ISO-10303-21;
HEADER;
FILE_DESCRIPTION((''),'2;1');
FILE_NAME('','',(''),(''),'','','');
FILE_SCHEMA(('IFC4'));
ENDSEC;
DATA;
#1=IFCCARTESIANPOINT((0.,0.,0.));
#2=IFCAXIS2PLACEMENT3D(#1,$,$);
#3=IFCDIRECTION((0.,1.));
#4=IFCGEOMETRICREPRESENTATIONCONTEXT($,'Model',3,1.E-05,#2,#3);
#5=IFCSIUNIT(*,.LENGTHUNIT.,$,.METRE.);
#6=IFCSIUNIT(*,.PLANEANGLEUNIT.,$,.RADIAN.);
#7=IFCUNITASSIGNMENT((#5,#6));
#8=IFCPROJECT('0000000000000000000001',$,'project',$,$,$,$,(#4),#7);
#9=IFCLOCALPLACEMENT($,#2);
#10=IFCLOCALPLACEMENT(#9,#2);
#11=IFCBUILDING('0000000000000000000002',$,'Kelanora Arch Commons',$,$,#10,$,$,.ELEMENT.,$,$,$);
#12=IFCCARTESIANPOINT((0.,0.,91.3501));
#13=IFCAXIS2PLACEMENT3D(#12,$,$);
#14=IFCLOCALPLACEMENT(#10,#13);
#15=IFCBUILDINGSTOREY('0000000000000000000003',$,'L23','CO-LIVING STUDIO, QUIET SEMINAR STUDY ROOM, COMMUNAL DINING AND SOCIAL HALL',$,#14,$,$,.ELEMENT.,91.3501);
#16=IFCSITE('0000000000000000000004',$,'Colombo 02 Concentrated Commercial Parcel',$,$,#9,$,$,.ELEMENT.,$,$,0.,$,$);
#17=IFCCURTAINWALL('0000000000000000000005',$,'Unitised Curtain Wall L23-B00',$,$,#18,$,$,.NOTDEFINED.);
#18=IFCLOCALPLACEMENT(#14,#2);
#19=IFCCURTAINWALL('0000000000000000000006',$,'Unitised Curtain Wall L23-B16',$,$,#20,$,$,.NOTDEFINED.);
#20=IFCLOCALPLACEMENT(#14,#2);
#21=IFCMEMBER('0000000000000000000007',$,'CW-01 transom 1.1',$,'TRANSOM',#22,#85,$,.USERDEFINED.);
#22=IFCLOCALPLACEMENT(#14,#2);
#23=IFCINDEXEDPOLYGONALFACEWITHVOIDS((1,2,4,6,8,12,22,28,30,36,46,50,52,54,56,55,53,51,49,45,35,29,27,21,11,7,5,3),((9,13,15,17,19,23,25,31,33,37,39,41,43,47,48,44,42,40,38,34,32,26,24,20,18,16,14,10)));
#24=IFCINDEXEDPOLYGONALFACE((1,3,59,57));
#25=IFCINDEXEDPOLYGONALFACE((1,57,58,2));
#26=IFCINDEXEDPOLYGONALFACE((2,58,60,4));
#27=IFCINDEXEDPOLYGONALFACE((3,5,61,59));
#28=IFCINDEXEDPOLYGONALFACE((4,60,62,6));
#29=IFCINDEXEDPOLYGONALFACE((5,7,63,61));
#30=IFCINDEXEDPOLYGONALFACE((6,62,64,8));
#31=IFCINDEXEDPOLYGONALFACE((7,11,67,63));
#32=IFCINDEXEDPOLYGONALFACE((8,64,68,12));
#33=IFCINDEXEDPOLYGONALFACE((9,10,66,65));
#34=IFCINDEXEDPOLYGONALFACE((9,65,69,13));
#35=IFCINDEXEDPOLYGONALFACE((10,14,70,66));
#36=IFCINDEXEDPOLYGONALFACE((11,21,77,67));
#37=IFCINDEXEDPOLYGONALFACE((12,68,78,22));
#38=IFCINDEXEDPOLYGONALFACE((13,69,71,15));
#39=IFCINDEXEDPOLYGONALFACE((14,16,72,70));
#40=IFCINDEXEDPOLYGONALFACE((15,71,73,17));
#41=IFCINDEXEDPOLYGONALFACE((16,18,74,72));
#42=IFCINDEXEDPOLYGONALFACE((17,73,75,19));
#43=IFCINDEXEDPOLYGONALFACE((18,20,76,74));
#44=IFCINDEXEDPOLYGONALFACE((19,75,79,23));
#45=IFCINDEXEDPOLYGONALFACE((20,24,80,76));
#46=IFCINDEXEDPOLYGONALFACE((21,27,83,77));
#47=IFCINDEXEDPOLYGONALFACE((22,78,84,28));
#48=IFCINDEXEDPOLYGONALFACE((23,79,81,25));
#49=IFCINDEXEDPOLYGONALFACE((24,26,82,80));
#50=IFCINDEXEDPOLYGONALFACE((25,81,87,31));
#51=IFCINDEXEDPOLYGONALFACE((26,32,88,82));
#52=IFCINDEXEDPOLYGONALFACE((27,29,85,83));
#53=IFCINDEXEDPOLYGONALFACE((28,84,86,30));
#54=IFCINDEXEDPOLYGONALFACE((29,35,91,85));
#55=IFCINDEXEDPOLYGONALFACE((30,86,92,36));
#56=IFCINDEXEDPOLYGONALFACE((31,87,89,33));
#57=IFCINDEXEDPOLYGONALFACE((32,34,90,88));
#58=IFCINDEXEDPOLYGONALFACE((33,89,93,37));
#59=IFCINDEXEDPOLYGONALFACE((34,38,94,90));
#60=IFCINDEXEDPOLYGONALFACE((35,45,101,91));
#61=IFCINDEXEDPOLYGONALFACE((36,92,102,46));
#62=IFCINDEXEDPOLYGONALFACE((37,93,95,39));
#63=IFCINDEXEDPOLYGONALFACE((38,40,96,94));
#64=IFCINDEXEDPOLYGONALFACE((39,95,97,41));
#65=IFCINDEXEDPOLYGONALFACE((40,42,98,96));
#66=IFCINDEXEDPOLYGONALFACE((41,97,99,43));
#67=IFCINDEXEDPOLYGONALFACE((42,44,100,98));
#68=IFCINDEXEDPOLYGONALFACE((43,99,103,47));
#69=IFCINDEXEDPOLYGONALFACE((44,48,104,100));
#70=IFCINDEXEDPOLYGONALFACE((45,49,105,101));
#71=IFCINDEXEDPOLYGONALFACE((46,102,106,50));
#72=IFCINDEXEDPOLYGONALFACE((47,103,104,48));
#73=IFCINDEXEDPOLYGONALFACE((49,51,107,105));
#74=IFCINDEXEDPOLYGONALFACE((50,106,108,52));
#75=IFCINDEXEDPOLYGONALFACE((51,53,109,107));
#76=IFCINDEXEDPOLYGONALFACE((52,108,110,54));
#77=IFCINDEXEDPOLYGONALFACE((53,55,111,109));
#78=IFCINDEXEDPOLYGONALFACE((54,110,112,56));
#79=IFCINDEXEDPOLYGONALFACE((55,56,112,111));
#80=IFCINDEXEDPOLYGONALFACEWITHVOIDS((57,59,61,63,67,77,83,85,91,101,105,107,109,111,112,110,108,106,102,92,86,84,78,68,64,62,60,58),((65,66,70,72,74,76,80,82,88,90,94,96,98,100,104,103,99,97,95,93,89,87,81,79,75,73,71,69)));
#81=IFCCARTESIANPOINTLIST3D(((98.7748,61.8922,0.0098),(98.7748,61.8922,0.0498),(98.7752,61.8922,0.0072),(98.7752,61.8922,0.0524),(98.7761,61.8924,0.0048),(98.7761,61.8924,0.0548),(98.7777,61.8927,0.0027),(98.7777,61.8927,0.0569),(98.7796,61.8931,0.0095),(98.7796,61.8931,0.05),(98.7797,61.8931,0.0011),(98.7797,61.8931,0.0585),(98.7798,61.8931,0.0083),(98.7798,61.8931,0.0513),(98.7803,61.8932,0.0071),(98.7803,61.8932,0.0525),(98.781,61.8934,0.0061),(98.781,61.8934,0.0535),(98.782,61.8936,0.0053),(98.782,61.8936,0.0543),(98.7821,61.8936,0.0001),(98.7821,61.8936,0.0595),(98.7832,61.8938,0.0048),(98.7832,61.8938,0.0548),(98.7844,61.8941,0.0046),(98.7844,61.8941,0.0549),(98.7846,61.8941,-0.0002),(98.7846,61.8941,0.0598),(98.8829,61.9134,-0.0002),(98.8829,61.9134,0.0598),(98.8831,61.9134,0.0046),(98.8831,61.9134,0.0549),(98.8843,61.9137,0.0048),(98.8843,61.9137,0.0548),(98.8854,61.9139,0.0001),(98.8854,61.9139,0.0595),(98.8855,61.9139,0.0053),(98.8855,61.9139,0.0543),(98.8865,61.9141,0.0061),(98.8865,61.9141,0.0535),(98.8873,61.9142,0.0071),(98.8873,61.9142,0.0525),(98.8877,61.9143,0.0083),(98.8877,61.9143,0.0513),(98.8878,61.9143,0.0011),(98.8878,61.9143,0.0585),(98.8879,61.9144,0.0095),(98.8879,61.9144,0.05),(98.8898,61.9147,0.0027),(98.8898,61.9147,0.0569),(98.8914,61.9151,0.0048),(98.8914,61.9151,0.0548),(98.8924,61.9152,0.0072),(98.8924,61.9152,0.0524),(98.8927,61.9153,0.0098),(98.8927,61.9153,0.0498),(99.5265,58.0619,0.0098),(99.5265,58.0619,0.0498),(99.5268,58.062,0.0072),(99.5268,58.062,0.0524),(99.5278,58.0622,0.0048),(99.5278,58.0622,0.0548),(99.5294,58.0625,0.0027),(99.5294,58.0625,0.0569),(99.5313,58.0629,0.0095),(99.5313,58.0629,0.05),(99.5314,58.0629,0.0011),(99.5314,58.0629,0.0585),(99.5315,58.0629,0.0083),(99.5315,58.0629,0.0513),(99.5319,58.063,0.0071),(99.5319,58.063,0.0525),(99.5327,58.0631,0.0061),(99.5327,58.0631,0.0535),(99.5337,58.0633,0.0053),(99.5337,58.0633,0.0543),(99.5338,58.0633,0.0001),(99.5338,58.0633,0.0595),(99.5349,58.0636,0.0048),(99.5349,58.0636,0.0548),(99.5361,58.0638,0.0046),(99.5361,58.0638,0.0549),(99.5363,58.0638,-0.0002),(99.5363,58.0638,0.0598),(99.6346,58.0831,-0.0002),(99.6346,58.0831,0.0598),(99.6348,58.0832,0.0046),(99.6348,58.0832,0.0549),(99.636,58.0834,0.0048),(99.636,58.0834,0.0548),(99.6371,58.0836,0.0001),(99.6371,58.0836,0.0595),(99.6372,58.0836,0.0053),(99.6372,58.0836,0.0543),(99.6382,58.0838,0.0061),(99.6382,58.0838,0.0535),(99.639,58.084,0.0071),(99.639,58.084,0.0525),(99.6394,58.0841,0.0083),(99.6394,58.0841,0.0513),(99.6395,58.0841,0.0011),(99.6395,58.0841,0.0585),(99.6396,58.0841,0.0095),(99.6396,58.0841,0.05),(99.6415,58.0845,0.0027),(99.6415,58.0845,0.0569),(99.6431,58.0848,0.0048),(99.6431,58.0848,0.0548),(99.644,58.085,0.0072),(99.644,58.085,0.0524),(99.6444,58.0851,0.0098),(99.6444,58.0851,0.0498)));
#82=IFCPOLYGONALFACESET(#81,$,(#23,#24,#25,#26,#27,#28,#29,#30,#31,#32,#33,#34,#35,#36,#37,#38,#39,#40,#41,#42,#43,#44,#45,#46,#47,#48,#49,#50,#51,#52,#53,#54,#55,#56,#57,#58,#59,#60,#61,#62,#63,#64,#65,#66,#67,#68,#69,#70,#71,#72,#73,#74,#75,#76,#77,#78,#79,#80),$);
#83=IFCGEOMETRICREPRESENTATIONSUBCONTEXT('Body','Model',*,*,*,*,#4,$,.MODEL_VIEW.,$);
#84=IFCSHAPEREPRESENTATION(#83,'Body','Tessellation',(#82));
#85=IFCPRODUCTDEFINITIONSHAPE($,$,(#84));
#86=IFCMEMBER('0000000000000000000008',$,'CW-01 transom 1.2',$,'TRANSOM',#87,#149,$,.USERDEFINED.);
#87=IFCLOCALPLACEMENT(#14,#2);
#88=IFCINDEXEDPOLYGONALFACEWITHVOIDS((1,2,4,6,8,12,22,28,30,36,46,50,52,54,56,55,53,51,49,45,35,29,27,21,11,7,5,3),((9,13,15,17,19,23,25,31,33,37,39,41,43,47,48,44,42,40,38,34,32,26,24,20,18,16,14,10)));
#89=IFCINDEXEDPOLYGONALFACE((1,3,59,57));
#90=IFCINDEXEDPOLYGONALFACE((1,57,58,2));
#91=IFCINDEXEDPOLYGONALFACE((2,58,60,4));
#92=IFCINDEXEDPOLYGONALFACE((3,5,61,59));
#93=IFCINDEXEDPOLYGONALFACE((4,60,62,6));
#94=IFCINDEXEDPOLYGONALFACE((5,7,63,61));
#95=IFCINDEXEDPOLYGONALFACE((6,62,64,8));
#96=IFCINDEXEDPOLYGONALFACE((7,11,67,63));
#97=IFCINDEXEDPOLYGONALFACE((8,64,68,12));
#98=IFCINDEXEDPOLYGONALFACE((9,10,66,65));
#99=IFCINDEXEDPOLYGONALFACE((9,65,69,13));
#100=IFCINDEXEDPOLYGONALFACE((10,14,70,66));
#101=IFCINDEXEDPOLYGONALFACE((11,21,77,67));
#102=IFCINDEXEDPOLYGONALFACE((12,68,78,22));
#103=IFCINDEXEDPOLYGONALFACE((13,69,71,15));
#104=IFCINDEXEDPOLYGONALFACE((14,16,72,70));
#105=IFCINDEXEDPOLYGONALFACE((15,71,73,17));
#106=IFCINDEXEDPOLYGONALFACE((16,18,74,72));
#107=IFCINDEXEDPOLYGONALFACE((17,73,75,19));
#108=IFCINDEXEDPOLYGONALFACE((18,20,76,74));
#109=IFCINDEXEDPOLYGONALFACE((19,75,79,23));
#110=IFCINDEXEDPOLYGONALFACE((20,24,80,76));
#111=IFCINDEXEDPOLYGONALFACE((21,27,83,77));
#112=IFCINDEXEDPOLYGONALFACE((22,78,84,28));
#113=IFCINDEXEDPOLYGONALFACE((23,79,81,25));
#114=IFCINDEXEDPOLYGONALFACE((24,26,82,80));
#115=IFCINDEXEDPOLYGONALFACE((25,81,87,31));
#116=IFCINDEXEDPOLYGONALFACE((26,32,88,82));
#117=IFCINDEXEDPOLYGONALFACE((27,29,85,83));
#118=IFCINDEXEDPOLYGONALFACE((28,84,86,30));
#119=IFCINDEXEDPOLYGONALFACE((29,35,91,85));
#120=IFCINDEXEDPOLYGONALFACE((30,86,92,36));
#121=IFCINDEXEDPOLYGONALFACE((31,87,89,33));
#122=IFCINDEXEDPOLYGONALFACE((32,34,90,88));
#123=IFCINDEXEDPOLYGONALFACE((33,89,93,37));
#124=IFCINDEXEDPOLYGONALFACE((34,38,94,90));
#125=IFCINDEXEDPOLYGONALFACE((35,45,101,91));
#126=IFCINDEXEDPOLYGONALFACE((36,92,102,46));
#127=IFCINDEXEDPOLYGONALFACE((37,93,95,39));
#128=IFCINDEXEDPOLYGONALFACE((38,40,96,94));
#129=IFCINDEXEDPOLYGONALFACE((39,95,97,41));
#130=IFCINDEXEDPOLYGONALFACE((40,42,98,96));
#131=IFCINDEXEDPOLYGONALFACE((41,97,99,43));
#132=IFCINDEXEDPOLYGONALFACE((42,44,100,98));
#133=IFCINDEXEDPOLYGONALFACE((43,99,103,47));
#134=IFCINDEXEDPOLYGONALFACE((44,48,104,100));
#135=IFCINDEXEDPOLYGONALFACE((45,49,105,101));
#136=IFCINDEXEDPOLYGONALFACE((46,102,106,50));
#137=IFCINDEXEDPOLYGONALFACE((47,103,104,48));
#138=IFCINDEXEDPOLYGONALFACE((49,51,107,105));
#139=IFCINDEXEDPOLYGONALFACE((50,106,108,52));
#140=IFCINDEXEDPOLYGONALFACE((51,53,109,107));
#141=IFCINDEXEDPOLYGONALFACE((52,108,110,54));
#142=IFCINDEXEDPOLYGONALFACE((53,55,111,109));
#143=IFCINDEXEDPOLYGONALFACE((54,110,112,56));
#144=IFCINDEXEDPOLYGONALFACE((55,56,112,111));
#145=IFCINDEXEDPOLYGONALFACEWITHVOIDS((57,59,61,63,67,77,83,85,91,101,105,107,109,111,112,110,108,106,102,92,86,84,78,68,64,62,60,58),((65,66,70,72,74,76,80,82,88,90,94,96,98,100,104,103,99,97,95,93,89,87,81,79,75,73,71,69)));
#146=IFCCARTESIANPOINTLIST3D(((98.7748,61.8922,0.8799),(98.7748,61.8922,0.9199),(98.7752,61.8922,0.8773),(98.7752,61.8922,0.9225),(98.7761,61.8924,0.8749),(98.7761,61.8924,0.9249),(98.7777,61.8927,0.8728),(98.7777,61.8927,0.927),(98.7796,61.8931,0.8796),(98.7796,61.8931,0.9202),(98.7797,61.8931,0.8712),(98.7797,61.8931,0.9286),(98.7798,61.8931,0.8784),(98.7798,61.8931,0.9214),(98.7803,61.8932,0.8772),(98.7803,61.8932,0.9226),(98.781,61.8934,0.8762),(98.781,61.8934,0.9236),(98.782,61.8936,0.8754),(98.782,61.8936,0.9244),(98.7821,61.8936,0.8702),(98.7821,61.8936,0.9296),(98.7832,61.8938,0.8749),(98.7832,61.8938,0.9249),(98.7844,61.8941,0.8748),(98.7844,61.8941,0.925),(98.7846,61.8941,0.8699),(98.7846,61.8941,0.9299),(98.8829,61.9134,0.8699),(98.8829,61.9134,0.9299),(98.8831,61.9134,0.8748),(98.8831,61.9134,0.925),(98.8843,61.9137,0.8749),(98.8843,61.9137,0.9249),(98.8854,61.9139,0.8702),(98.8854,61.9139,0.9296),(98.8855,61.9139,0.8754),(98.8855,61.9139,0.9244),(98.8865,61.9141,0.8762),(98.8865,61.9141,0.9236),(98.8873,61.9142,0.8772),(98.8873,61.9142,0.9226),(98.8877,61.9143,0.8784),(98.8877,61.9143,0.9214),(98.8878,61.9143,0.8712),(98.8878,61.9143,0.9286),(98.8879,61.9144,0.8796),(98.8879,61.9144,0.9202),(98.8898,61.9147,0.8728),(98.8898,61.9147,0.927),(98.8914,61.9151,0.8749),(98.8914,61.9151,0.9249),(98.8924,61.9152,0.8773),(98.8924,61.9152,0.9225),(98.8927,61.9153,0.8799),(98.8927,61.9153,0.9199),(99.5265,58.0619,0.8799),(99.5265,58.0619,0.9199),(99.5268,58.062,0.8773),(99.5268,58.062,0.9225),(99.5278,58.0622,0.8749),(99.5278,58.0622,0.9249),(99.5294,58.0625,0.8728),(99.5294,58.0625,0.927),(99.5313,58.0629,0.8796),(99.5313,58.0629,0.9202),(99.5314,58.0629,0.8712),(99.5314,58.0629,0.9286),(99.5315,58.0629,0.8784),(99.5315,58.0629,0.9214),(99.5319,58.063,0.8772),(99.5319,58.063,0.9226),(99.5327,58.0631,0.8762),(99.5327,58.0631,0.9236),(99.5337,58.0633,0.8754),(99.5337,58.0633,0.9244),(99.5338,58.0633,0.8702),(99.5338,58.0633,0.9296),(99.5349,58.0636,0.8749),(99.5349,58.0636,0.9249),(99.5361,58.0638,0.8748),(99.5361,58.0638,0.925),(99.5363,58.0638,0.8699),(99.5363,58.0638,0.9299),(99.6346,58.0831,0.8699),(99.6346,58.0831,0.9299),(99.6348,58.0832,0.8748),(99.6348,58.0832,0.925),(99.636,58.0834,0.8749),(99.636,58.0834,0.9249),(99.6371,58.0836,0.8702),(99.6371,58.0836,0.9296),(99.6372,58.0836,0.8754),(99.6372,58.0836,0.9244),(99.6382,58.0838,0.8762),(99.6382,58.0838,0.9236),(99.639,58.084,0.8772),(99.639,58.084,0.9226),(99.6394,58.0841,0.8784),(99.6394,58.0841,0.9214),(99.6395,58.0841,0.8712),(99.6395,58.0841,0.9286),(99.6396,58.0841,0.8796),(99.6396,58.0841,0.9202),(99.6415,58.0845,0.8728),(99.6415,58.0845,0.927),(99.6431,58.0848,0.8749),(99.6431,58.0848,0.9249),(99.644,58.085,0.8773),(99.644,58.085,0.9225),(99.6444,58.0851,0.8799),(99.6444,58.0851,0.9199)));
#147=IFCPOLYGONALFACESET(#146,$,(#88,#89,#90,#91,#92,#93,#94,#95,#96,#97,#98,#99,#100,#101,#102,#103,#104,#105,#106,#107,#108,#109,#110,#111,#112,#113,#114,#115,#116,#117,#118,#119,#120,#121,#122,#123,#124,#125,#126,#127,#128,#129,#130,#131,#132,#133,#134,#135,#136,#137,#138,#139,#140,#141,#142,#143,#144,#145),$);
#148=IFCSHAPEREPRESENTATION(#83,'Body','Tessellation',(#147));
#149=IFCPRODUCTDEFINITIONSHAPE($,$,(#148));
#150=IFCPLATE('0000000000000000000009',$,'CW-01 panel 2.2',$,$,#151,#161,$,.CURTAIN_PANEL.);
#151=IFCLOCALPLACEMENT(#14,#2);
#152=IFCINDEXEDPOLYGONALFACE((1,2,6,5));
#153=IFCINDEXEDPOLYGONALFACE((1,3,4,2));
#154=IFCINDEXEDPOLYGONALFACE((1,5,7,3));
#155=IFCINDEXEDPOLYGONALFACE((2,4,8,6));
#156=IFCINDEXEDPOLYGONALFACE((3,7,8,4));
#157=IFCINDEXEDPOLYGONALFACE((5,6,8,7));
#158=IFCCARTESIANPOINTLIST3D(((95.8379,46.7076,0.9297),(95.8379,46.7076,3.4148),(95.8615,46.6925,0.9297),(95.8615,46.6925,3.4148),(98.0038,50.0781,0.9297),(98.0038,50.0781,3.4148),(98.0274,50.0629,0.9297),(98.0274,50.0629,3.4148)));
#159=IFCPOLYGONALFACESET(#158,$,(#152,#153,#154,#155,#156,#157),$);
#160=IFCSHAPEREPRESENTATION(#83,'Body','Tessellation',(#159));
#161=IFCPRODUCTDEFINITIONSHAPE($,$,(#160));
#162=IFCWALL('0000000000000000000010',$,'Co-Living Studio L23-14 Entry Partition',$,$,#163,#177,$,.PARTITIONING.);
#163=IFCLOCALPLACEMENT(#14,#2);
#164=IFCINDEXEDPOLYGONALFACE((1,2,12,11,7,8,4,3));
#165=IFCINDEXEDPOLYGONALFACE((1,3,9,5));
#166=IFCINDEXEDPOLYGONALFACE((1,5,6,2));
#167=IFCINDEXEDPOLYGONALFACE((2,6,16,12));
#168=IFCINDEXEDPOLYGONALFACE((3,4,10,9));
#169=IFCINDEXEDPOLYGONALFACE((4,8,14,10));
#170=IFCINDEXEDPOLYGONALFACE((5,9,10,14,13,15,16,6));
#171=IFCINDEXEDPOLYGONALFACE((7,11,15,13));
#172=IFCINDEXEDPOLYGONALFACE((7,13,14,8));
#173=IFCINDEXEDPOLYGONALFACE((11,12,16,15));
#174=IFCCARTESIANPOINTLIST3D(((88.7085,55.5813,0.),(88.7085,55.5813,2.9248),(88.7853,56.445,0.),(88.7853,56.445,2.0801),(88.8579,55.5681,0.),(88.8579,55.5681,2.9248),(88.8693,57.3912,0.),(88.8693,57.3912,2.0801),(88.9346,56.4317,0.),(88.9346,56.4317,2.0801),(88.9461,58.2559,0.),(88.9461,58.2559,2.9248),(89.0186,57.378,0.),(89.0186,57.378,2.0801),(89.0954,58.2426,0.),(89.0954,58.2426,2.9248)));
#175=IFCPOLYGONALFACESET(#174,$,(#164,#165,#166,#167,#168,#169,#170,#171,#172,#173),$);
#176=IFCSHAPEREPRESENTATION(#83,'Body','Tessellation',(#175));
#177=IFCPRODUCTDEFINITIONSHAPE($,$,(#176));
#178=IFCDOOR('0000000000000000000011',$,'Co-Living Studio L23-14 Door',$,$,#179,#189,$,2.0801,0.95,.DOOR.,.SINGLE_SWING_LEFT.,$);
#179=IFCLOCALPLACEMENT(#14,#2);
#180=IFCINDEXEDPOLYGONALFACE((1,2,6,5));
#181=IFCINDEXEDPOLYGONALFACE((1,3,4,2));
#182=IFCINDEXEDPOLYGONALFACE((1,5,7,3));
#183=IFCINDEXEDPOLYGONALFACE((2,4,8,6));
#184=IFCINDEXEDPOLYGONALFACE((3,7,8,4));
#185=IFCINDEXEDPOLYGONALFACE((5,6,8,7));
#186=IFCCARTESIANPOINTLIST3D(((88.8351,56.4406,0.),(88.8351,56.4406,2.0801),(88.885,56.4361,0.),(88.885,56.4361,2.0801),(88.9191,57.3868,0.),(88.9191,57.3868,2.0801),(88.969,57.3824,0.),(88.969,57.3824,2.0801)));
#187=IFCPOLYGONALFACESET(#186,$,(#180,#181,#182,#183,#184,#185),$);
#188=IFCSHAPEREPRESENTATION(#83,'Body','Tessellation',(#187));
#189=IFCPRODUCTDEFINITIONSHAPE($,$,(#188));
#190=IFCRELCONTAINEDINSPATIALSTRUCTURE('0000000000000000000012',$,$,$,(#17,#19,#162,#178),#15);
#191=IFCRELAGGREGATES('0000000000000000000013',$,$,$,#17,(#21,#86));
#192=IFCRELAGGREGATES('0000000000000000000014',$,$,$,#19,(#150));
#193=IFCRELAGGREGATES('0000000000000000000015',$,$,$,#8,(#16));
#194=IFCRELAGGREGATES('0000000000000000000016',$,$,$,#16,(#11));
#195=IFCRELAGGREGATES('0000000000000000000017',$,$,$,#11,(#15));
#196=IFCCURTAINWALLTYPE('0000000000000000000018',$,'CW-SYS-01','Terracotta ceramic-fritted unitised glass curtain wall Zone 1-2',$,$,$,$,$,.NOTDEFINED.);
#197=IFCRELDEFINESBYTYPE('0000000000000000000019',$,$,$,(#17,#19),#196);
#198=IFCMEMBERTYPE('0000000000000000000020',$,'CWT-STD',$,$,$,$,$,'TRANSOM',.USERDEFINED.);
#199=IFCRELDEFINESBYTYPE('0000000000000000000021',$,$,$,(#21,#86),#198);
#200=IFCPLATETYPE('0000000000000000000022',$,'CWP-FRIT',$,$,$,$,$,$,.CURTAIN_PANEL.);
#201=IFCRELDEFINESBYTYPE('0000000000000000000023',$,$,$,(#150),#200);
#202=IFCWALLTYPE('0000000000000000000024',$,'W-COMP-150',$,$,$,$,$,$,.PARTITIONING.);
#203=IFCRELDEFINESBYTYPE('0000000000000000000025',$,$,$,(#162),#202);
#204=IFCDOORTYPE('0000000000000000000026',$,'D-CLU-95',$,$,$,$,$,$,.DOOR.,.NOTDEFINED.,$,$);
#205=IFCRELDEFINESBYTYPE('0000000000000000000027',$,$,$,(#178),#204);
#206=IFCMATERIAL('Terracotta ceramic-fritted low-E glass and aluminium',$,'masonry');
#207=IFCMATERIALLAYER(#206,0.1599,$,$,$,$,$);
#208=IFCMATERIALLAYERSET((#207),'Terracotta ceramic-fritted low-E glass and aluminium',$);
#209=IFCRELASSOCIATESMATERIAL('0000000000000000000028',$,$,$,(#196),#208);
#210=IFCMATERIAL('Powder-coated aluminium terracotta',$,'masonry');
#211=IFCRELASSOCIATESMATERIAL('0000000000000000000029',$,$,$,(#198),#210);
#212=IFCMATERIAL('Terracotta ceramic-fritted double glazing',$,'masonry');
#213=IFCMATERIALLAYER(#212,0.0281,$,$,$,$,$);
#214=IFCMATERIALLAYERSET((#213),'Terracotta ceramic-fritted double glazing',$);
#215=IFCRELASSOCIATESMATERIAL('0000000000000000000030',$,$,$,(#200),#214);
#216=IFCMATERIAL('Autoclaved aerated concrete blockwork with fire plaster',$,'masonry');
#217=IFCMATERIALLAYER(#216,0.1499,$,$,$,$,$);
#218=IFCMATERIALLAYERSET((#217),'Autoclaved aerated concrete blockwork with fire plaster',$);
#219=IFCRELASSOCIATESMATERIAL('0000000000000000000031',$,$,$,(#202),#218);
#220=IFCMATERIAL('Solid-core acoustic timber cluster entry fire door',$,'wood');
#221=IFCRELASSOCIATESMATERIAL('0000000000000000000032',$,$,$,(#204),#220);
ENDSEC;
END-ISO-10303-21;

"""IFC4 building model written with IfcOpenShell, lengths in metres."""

from ifc_helpers import new_model, si_unit, direction, frame, frame_2d, origin, origin_2d, place, context, subcontext, project, spatial, rectangle, hollow_rectangle, extrude, source, transform, mapped, material, layer, layer_set, material_profile, profile_set, type_object, element, fill, aggregate, save


model = new_model("IFC4")

# Units and contexts
model_context = context("Model", 3, precision=1e-05, world=origin(), true_north=direction((0.0, 1.0)))
body_context = subcontext(model_context, "Body", "Model", "MODEL_VIEW")
ifc_project = project(units=[si_unit("LENGTHUNIT", "METRE"), si_unit("PLANEANGLEUNIT", "RADIAN")], contexts=[model_context])

# Site, building, storey
site_placement = place(None, origin())
site = spatial("IfcSite", under=ifc_project, at=site_placement, Name="Colombo 02 Concentrated Commercial Parcel", CompositionType="ELEMENT", RefElevation=0.0)
building_placement = place(site_placement, origin())
building = spatial("IfcBuilding", under=site, at=building_placement, Name="Kelanora Arch Commons", CompositionType="ELEMENT")
storey_placement = place(building_placement, frame((0.0, 0.0, 91.3501)))
storey = spatial("IfcBuildingStorey", under=building, at=storey_placement, Name="L23", Description="CO-LIVING STUDIO, QUIET SEMINAR STUDY ROOM, COMMUNAL DINING AND SOCIAL HALL", CompositionType="ELEMENT", Elevation=91.3501)

# Curtain walls
ifc_material_1 = material(Name="Terracotta ceramic-fritted low-E glass and aluminium", Category="masonry")
ifc_layer_1 = layer(ifc_material_1, 0.1599)
ifc_layer_set_1 = layer_set([ifc_layer_1], Name="Terracotta ceramic-fritted low-E glass and aluminium")
curtain_wall_type = type_object("IfcCurtainWallType", Name="CW-SYS-01", Description="Terracotta ceramic-fritted unitised glass curtain wall Zone 1-2", PredefinedType="NOTDEFINED", material=ifc_layer_set_1)
curtain_wall_1_placement = place(storey_placement, origin())
curtain_wall_1 = element("IfcCurtainWall", 1, at=curtain_wall_1_placement, inside=storey, type_object=curtain_wall_type, Name="Unitised Curtain Wall L23-B00", PredefinedType="NOTDEFINED")
ifc_material_2 = material(Name="Powder-coated aluminium terracotta", Category="masonry")
curtain_wall_2_placement = place(storey_placement, origin())
curtain_wall_2 = element("IfcCurtainWall", 2, at=curtain_wall_2_placement, inside=storey, type_object=curtain_wall_type, Name="Unitised Curtain Wall L23-B16", PredefinedType="NOTDEFINED")

# Members
ifc_material_profile_1 = material_profile(ifc_material_2, hollow_rectangle(XDim=0.1201, YDim=0.0601, WallThickness=0.0049, InnerFilletRadius=0.0049, OuterFilletRadius=0.01, at=origin_2d()), Name="CWT120x60")
ifc_profile_set_1 = profile_set([ifc_material_profile_1], Name="Powder-coated aluminium terracotta")
member_type_1 = type_object("IfcMemberType", Name="CWT-STD", ElementType="TRANSOM", PredefinedType="USERDEFINED", material=ifc_profile_set_1)
member_1_placement = place(storey_placement, frame((99.5854, 58.0735, 0.0298), z_axis=(-0.192579, 0.981282, 0.0), x_axis=(-0.981282, -0.192579, 0.0)))
member_1 = element("IfcMember", 3, at=member_1_placement, type_object=member_type_1, Name="CW-01 transom 1.1", ObjectType="TRANSOM", PredefinedType="USERDEFINED", context=body_context, shape_type="SweptSolid", body=[
    extrude(hollow_rectangle(XDim=0.1201, YDim=0.0601, WallThickness=0.0049, InnerFilletRadius=0.0049, OuterFilletRadius=0.01, at=origin_2d()), origin(), (0.0, 0.0, 1.0), 3.9033),
])
member_2_placement = place(storey_placement, frame((99.5854, 58.0735, 0.8999), z_axis=(-0.192579, 0.981282, 0.0), x_axis=(-0.981282, -0.192579, 0.0)))
member_2 = element("IfcMember", 4, at=member_2_placement, type_object=member_type_1, Name="CW-01 transom 1.2", ObjectType="TRANSOM", PredefinedType="USERDEFINED", context=body_context, shape_type="SweptSolid", body=[
    extrude(hollow_rectangle(XDim=0.1201, YDim=0.0601, WallThickness=0.0049, InnerFilletRadius=0.0049, OuterFilletRadius=0.01, at=origin_2d()), origin(), (0.0, 0.0, 1.0), 3.9033),
])
aggregate(curtain_wall_1, [member_1, member_2])

# Plate
ifc_material_3 = material(Name="Terracotta ceramic-fritted double glazing", Category="masonry")
ifc_layer_2 = layer(ifc_material_3, 0.0281)
ifc_layer_set_2 = layer_set([ifc_layer_2], Name="Terracotta ceramic-fritted double glazing")
plate_type = type_object("IfcPlateType", Name="CWP-FRIT", PredefinedType="CURTAIN_PANEL", material=ifc_layer_set_2)
shared_shape_1 = source(origin(), body_context, "Body", "SweptSolid", [
    extrude(rectangle(XDim=4.0063, YDim=0.0281, at=origin_2d()), origin(), (0.0, 0.0, 1.0), 2.4851),
])
plate_placement = place(storey_placement, frame((96.9326, 48.3853, 0.9297), z_axis=(0.0, 0.0, 1.0), x_axis=(0.540617, 0.841269, 0.0)))
plate = element("IfcPlate", 5, at=plate_placement, type_object=plate_type, Name="CW-01 panel 2.2", PredefinedType="CURTAIN_PANEL", context=body_context, shape_type="MappedRepresentation", body=[
    mapped(shared_shape_1, transform((0.0, 0.0, 0.0), scale=1.0)),
])
aggregate(curtain_wall_2, [plate])

# Wall, opening, door
ifc_material_4 = material(Name="Autoclaved aerated concrete blockwork with fire plaster", Category="masonry")
ifc_layer_3 = layer(ifc_material_4, 0.1499)
ifc_layer_set_3 = layer_set([ifc_layer_3], Name="Autoclaved aerated concrete blockwork with fire plaster")
wall_type_1 = type_object("IfcWallType", Name="W-COMP-150", PredefinedType="PARTITIONING", material=ifc_layer_set_3)
wall_1_placement = place(storey_placement, frame((88.7832, 55.5747, 0.0), z_axis=(0.0, 0.0, 1.0), x_axis=(0.08847, 0.996079, 0.0)))
wall_1 = element("IfcWall", 6, at=wall_1_placement, inside=storey, type_object=wall_type_1, Name="Co-Living Studio L23-14 Entry Partition", PredefinedType="PARTITIONING", context=body_context, shape_type="SweptSolid", body=[
    extrude(rectangle(XDim=2.6851, YDim=0.1499, at=frame_2d((1.3425, 0.0))), origin(), (0.0, 0.0, 1.0), 2.9248),
])
opening_1_placement = place(wall_1_placement, frame((0.8669, 0.0, 0.0)))
opening_1 = element("IfcOpeningElement", 7, at=opening_1_placement, cuts=wall_1, PredefinedType="OPENING", context=body_context, shape_type="SweptSolid", body=[
    extrude(rectangle(XDim=0.95, YDim=2.0801, at=frame_2d((0.4751, 1.04))), frame((0.0, 0.085, 0.0), z_axis=(0.0, -1.0, 0.0), x_axis=(1.0, 0.0, 0.0)), (0.0, 0.0, 1.0), 0.1699),
])
ifc_material_5 = material(Name="Solid-core acoustic timber cluster entry fire door", Category="wood")
door_type_1 = type_object("IfcDoorType", Name="D-CLU-95", OperationType="NOTDEFINED", PredefinedType="DOOR", material=ifc_material_5)
door_1_placement = place(opening_1_placement, origin())
door_1 = element("IfcDoor", 8, at=door_1_placement, inside=storey, type_object=door_type_1, Name="Co-Living Studio L23-14 Door", OperationType="SINGLE_SWING_LEFT", OverallHeight=2.0801, OverallWidth=0.95, PredefinedType="DOOR", context=body_context, shape_type="SweptSolid", body=[
    extrude(rectangle(XDim=0.95, YDim=2.0801, at=frame_2d((0.4751, 1.04))), frame((0.0, 0.0249, 0.0), z_axis=(0.0, -1.0, 0.0), x_axis=(1.0, 0.0, 0.0)), (0.0, 0.0, 1.0), 0.05),
])
fill(opening_1, door_1)

save(model, "model.ifc")
